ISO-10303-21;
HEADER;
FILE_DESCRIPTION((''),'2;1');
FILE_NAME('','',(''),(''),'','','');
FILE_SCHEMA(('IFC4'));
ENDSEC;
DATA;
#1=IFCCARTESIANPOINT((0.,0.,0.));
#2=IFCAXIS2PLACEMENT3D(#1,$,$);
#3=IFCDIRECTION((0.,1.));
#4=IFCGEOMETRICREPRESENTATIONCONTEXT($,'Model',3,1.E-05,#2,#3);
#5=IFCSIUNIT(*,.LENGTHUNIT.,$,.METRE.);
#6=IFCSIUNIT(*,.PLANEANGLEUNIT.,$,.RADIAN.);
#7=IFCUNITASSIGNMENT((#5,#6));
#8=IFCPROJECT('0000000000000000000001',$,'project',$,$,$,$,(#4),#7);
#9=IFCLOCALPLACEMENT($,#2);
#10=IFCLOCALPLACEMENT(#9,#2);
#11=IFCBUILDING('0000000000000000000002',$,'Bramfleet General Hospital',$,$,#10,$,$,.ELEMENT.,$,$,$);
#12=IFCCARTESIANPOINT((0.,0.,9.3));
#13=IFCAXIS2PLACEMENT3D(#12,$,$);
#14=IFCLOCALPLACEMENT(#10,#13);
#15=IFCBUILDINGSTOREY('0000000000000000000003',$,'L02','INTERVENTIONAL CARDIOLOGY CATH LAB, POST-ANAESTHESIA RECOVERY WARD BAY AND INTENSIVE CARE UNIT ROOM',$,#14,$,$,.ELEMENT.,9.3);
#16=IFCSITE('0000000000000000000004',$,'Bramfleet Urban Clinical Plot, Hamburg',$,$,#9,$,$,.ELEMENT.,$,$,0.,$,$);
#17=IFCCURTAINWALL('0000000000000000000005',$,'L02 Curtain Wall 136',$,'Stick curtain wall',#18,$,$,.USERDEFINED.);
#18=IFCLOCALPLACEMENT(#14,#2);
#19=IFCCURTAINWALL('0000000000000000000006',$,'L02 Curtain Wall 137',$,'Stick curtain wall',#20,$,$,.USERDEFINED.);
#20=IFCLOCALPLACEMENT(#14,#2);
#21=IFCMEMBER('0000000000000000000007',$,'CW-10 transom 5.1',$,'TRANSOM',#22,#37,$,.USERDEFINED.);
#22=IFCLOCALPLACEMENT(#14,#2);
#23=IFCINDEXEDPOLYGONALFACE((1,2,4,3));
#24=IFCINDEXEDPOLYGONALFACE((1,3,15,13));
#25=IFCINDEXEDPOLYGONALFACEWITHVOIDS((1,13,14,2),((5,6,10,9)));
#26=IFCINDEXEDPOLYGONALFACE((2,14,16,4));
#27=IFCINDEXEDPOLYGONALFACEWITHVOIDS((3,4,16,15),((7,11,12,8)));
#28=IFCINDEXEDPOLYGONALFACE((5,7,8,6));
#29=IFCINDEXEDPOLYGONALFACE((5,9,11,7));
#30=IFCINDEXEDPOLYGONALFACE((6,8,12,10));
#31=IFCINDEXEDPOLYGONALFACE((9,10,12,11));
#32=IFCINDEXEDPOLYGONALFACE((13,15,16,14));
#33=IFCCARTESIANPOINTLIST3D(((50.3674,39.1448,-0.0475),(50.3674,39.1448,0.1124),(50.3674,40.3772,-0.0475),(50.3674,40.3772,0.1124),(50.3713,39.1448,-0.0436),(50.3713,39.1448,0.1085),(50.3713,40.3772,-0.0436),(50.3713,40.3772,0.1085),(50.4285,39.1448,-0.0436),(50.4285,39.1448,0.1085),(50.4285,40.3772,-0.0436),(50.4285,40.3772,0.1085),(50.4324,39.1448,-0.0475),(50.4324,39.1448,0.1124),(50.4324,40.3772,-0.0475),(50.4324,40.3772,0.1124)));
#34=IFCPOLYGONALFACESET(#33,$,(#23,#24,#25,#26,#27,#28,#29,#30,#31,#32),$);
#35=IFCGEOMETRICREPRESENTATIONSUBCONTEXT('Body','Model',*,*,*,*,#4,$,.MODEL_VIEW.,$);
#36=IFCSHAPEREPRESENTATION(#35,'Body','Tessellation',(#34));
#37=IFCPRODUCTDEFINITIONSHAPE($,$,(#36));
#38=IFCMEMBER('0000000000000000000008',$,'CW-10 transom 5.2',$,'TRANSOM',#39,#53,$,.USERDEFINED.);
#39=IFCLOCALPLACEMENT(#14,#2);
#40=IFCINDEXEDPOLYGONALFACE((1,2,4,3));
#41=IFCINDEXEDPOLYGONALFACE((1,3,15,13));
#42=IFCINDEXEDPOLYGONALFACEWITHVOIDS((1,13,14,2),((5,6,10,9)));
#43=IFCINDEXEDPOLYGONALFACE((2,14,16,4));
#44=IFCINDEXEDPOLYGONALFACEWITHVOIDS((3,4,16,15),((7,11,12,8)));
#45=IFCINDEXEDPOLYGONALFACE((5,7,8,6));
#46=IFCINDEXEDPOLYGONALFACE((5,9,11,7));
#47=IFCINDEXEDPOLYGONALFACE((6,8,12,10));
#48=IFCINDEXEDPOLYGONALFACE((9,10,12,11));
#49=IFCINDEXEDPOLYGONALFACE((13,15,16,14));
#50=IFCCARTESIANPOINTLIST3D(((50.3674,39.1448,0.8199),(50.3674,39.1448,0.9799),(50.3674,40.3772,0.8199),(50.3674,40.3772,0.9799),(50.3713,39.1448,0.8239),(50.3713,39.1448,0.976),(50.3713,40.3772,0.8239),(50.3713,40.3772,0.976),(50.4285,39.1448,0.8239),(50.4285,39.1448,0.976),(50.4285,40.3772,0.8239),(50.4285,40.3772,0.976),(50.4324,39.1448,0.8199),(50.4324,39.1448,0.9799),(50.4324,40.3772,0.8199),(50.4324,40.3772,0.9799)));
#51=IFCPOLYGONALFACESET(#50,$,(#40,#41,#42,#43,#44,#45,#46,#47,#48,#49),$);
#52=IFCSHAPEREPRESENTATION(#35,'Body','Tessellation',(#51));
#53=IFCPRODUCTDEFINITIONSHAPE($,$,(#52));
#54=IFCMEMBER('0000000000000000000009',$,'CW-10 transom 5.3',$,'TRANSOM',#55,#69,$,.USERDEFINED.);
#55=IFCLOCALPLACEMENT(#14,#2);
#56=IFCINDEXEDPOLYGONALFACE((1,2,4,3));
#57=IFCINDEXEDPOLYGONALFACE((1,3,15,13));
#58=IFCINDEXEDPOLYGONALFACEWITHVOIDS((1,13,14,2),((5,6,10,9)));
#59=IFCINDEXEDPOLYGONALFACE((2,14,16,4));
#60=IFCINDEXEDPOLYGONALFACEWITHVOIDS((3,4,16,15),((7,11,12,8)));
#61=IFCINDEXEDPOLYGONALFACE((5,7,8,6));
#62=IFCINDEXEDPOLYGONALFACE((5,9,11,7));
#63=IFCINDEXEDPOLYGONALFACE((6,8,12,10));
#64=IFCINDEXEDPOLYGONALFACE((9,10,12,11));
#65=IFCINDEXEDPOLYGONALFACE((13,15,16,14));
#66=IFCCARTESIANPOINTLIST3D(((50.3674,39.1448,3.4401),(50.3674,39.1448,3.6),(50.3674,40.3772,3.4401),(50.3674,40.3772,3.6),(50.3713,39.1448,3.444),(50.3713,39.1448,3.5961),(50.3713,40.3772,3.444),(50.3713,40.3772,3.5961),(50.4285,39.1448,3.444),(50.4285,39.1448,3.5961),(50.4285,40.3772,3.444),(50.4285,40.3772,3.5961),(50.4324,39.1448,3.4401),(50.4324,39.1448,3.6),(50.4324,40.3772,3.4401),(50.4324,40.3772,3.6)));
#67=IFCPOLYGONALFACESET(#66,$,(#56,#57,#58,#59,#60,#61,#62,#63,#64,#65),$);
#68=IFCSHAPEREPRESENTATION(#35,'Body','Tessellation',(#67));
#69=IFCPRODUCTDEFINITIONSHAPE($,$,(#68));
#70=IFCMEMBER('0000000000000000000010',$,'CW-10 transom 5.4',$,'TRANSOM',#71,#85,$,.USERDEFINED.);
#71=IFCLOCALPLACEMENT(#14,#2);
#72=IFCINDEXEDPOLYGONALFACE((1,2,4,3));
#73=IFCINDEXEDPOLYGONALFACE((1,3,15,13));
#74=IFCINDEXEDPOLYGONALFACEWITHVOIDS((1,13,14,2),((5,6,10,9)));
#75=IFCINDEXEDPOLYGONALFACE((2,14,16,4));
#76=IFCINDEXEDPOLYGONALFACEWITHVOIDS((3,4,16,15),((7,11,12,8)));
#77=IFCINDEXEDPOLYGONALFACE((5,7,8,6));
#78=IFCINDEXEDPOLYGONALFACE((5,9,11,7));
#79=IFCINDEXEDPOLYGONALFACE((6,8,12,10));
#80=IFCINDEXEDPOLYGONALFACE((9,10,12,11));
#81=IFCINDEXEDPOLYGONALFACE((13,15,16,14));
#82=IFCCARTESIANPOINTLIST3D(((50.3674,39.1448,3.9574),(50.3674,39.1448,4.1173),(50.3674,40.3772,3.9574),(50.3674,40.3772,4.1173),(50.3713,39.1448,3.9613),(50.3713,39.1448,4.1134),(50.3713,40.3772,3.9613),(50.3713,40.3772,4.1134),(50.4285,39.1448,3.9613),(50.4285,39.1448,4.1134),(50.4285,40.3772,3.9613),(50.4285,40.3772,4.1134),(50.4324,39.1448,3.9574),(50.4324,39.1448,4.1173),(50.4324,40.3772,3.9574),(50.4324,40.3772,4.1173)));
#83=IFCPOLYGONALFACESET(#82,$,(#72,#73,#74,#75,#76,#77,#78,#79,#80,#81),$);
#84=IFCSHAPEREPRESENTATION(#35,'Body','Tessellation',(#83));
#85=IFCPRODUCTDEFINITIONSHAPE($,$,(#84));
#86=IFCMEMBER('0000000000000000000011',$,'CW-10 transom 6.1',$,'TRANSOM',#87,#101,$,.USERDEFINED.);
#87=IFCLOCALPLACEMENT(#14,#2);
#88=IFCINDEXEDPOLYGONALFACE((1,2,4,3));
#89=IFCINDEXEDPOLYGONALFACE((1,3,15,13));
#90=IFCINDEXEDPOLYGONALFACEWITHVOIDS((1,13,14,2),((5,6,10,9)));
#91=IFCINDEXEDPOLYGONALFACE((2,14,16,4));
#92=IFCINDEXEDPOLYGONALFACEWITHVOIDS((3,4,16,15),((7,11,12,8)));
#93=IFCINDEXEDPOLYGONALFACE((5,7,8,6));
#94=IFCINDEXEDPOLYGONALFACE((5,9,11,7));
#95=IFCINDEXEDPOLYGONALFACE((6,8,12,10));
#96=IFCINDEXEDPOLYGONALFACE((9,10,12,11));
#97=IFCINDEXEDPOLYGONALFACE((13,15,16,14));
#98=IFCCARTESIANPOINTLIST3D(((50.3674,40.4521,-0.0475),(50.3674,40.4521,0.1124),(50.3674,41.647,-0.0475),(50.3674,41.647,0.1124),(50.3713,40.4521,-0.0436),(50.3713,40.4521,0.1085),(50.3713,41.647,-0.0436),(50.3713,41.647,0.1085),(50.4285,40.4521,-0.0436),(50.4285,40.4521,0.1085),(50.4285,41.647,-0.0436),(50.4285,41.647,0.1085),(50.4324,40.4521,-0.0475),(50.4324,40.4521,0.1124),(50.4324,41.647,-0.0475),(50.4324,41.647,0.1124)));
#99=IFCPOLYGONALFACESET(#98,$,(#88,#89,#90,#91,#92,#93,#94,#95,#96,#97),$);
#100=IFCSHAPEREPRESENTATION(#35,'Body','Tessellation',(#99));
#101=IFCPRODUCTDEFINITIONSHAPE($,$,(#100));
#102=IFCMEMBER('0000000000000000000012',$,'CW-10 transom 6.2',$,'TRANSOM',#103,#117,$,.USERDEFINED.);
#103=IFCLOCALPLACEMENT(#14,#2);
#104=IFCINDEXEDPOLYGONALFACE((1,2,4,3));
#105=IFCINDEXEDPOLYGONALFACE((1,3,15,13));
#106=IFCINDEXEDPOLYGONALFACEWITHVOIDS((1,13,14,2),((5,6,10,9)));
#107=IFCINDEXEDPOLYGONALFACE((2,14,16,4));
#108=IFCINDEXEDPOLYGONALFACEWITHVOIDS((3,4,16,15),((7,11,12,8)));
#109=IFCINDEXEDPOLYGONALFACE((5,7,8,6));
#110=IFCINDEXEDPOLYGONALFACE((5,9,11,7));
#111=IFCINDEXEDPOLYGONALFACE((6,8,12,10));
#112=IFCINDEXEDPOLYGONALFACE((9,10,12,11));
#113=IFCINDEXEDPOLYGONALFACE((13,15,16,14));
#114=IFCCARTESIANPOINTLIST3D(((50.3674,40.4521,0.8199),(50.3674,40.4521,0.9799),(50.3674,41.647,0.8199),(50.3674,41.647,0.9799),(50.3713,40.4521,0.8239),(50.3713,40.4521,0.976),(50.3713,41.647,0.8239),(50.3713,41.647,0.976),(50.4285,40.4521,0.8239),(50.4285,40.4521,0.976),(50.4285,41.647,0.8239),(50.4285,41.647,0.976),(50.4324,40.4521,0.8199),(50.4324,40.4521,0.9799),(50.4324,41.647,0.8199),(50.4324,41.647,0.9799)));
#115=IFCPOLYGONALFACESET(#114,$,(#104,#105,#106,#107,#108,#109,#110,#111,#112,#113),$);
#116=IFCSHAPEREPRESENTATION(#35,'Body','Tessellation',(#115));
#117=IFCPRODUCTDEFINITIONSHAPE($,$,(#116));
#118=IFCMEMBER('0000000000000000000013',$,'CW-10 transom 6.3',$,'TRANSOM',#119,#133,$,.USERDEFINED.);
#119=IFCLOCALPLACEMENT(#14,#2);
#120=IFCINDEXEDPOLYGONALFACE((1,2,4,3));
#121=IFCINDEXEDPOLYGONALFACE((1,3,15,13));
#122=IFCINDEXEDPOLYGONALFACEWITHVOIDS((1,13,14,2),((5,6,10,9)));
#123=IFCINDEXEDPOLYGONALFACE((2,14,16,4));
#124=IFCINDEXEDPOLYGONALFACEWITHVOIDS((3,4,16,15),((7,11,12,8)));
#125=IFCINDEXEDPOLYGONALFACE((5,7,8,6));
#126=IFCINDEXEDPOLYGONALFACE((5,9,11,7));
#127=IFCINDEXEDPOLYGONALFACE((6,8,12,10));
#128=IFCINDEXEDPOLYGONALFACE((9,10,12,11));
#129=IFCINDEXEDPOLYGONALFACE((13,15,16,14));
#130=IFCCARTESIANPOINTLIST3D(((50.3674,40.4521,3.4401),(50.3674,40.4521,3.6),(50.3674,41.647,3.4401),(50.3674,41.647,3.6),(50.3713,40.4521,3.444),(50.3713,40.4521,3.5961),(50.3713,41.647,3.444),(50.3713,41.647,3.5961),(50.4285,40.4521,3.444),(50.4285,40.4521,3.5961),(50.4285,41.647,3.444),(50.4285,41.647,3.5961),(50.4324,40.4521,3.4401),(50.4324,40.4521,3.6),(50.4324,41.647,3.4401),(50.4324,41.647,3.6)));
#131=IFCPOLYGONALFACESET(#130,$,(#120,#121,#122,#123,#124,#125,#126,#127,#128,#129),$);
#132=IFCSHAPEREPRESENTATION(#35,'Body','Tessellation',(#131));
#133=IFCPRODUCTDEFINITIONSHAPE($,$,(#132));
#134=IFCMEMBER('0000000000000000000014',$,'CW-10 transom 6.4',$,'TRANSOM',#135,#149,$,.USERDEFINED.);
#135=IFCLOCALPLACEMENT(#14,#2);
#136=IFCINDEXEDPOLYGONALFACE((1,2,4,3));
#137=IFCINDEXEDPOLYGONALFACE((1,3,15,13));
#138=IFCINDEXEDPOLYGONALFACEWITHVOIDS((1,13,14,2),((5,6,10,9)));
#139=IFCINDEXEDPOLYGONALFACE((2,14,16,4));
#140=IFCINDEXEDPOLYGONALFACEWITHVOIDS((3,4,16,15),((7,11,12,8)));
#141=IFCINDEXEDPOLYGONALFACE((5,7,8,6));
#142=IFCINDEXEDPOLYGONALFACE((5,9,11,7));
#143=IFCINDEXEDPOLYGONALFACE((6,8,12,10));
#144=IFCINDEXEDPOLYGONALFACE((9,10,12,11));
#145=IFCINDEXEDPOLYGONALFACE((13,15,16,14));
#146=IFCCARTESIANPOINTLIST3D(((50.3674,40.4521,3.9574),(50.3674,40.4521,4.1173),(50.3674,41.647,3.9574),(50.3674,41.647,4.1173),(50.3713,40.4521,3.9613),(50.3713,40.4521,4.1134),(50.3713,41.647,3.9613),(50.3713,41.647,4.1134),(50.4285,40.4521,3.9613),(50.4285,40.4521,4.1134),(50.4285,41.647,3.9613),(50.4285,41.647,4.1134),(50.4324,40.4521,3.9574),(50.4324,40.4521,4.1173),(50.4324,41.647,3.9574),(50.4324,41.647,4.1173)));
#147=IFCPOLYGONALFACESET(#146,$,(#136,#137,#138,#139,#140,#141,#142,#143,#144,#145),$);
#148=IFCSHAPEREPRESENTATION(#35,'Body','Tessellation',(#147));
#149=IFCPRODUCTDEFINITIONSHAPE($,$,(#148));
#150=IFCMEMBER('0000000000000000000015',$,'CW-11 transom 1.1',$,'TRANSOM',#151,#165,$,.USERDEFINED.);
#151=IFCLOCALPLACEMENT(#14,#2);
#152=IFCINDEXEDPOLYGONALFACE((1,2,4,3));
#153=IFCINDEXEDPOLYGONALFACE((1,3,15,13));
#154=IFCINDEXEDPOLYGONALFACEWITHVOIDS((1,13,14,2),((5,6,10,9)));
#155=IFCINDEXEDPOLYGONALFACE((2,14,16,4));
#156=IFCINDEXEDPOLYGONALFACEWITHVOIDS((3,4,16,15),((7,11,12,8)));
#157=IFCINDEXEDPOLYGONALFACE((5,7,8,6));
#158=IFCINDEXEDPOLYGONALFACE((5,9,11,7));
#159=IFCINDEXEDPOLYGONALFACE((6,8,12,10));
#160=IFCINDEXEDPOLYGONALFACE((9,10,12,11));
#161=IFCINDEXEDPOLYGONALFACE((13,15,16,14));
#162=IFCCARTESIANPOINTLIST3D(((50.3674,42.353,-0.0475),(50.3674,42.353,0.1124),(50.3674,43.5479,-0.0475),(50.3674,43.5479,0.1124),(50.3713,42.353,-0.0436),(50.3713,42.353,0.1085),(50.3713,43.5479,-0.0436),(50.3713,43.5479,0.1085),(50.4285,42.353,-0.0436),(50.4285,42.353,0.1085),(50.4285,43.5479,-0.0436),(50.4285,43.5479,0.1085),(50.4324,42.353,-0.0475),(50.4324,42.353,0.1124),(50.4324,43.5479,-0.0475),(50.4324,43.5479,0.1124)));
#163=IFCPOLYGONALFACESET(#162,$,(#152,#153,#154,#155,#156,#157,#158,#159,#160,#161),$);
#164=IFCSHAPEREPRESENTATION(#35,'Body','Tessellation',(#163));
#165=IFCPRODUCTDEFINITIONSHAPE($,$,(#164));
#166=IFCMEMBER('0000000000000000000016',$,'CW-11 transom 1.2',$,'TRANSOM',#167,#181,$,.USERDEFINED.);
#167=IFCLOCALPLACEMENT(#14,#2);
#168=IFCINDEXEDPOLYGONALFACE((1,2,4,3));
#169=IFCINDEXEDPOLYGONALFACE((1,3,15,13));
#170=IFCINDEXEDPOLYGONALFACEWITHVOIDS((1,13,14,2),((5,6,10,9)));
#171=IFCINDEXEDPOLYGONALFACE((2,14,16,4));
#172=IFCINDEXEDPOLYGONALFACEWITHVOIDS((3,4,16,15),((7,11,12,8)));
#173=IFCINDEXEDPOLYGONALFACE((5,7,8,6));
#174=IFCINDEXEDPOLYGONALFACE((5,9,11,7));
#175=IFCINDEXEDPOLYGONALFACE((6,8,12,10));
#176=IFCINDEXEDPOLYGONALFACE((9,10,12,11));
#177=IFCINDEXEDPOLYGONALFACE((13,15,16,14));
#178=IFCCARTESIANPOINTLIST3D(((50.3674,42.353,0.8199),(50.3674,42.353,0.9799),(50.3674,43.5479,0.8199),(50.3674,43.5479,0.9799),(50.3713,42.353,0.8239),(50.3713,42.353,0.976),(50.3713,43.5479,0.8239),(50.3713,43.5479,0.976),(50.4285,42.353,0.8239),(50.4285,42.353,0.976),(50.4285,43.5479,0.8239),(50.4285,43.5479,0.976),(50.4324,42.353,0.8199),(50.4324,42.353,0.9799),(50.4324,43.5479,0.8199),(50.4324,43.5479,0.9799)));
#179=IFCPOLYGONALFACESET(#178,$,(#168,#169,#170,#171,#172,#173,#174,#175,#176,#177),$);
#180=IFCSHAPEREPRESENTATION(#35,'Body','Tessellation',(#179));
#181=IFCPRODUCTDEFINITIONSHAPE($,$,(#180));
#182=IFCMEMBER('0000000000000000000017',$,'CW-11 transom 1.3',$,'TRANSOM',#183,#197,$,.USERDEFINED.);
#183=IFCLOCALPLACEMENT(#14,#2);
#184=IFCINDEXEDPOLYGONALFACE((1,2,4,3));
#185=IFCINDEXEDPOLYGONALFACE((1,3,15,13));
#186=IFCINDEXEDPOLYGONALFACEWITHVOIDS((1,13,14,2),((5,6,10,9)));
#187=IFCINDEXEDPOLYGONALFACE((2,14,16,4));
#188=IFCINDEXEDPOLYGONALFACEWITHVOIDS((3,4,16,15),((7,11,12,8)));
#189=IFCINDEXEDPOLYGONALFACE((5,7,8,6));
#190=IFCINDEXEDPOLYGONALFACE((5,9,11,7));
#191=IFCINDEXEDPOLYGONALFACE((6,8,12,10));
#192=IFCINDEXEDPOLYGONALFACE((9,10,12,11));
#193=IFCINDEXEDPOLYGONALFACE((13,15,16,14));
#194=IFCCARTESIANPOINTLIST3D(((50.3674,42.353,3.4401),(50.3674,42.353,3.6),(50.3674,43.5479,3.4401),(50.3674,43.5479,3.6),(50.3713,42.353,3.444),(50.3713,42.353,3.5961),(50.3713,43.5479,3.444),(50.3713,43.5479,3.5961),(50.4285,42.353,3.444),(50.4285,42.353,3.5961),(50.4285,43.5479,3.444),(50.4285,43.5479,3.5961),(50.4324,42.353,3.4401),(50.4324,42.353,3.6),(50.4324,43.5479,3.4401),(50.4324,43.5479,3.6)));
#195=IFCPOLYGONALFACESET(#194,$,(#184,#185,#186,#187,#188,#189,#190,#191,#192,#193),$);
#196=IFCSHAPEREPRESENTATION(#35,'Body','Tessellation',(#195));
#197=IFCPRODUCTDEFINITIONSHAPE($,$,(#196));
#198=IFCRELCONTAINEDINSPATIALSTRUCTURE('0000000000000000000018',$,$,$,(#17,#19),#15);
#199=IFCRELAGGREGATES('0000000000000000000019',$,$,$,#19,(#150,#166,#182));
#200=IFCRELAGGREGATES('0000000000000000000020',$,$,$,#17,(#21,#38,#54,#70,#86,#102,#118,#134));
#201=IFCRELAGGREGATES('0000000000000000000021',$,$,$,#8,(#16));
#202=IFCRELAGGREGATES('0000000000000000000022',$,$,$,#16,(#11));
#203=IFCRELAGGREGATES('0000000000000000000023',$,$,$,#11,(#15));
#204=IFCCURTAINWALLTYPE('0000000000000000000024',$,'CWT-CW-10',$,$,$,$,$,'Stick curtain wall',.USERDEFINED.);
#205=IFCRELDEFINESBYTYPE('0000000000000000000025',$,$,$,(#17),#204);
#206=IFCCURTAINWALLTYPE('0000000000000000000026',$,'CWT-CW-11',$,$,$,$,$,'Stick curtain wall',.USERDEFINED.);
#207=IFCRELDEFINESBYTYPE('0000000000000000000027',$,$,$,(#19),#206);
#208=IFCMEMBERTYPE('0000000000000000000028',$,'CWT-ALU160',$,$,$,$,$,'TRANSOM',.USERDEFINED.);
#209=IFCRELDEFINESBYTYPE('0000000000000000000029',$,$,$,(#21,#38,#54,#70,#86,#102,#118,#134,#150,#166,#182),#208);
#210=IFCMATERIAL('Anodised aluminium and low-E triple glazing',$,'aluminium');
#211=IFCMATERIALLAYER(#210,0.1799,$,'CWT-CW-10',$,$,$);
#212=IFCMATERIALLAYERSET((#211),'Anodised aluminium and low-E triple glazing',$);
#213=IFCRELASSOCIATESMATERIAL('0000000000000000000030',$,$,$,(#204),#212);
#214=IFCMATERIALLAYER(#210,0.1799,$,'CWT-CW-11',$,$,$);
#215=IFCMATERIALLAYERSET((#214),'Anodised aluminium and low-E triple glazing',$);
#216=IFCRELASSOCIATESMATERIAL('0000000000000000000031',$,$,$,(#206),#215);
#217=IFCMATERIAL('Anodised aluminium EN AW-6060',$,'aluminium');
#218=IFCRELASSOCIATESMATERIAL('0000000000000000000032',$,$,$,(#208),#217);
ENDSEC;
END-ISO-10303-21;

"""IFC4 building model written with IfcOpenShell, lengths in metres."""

from ifc_helpers import new_model, si_unit, direction, frame, origin, origin_2d, place, context, subcontext, project, spatial, hollow_rectangle, extrude, material, layer, layer_set, material_profile, profile_set, type_object, element, aggregate, save


model = new_model("IFC4")

# Units and contexts
model_context = context("Model", 3, precision=1e-05, world=origin(), true_north=direction((0.0, 1.0)))
body_context = subcontext(model_context, "Body", "Model", "MODEL_VIEW")
ifc_project = project(units=[si_unit("LENGTHUNIT", "METRE"), si_unit("PLANEANGLEUNIT", "RADIAN")], contexts=[model_context])

# Site, building, storey
site_placement = place(None, origin())
site = spatial("IfcSite", under=ifc_project, at=site_placement, Name="Bramfleet Urban Clinical Plot, Hamburg", CompositionType="ELEMENT", RefElevation=0.0)
building_placement = place(site_placement, origin())
building = spatial("IfcBuilding", under=site, at=building_placement, Name="Bramfleet General Hospital", CompositionType="ELEMENT")
storey_placement = place(building_placement, frame((0.0, 0.0, 9.3)))
storey = spatial("IfcBuildingStorey", under=building, at=storey_placement, Name="L02", Description="INTERVENTIONAL CARDIOLOGY CATH LAB, POST-ANAESTHESIA RECOVERY WARD BAY AND INTENSIVE CARE UNIT ROOM", CompositionType="ELEMENT", Elevation=9.3)

# Curtain walls
ifc_material_1 = material(Name="Anodised aluminium and low-E triple glazing", Category="aluminium")
ifc_layer_1 = layer(ifc_material_1, 0.1799, Name="CWT-CW-10")
ifc_layer_set_1 = layer_set([ifc_layer_1], Name="Anodised aluminium and low-E triple glazing")
curtain_wall_type_1 = type_object("IfcCurtainWallType", Name="CWT-CW-10", ElementType="Stick curtain wall", PredefinedType="USERDEFINED", material=ifc_layer_set_1)
curtain_wall_1_placement = place(storey_placement, origin())
curtain_wall_1 = element("IfcCurtainWall", 1, at=curtain_wall_1_placement, inside=storey, type_object=curtain_wall_type_1, Name="L02 Curtain Wall 136", ObjectType="Stick curtain wall", PredefinedType="USERDEFINED")
ifc_material_2 = material(Name="Anodised aluminium EN AW-6060", Category="aluminium")
ifc_layer_2 = layer(ifc_material_1, 0.1799, Name="CWT-CW-11")
ifc_layer_set_2 = layer_set([ifc_layer_2], Name="Anodised aluminium and low-E triple glazing")
curtain_wall_type_2 = type_object("IfcCurtainWallType", Name="CWT-CW-11", ElementType="Stick curtain wall", PredefinedType="USERDEFINED", material=ifc_layer_set_2)
curtain_wall_2_placement = place(storey_placement, origin())
curtain_wall_2 = element("IfcCurtainWall", 2, at=curtain_wall_2_placement, inside=storey, type_object=curtain_wall_type_2, Name="L02 Curtain Wall 137", ObjectType="Stick curtain wall", PredefinedType="USERDEFINED")

# Members
ifc_material_profile_1 = material_profile(ifc_material_2, hollow_rectangle(XDim=0.0649, YDim=0.1599, WallThickness=0.0039, at=origin_2d()), Name="ALU 160x65x4.0")
ifc_profile_set_1 = profile_set([ifc_material_profile_1], Name="Anodised aluminium EN AW-6060")
member_type_1 = type_object("IfcMemberType", Name="CWT-ALU160", ElementType="TRANSOM", PredefinedType="USERDEFINED", material=ifc_profile_set_1)
member_1_placement = place(storey_placement, frame((50.3999, 39.1448, 0.0325), z_axis=(0.0, 1.0, 0.0), x_axis=(-1.0, 0.0, 0.0)))
member_1 = element("IfcMember", 3, at=member_1_placement, type_object=member_type_1, Name="CW-10 transom 5.1", ObjectType="TRANSOM", PredefinedType="USERDEFINED", context=body_context, shape_type="SweptSolid", body=[
    extrude(hollow_rectangle(XDim=0.0649, YDim=0.1599, WallThickness=0.0039, at=origin_2d()), origin(), (0.0, 0.0, 1.0), 1.2324),
])
member_2_placement = place(storey_placement, frame((50.3999, 39.1448, 0.8999), z_axis=(0.0, 1.0, 0.0), x_axis=(-1.0, 0.0, 0.0)))
member_2 = element("IfcMember", 4, at=member_2_placement, type_object=member_type_1, Name="CW-10 transom 5.2", ObjectType="TRANSOM", PredefinedType="USERDEFINED", context=body_context, shape_type="SweptSolid", body=[
    extrude(hollow_rectangle(XDim=0.0649, YDim=0.1599, WallThickness=0.0039, at=origin_2d()), origin(), (0.0, 0.0, 1.0), 1.2324),
])
member_3_placement = place(storey_placement, frame((50.3999, 39.1448, 3.52), z_axis=(0.0, 1.0, 0.0), x_axis=(-1.0, 0.0, 0.0)))
member_3 = element("IfcMember", 5, at=member_3_placement, type_object=member_type_1, Name="CW-10 transom 5.3", ObjectType="TRANSOM", PredefinedType="USERDEFINED", context=body_context, shape_type="SweptSolid", body=[
    extrude(hollow_rectangle(XDim=0.0649, YDim=0.1599, WallThickness=0.0039, at=origin_2d()), origin(), (0.0, 0.0, 1.0), 1.2324),
])
member_4_placement = place(storey_placement, frame((50.3999, 39.1448, 4.0374), z_axis=(0.0, 1.0, 0.0), x_axis=(-1.0, 0.0, 0.0)))
member_4 = element("IfcMember", 6, at=member_4_placement, type_object=member_type_1, Name="CW-10 transom 5.4", ObjectType="TRANSOM", PredefinedType="USERDEFINED", context=body_context, shape_type="SweptSolid", body=[
    extrude(hollow_rectangle(XDim=0.0649, YDim=0.1599, WallThickness=0.0039, at=origin_2d()), origin(), (0.0, 0.0, 1.0), 1.2324),
])
member_5_placement = place(storey_placement, frame((50.3999, 40.4521, 0.0325), z_axis=(0.0, 1.0, 0.0), x_axis=(-1.0, 0.0, 0.0)))
member_5 = element("IfcMember", 7, at=member_5_placement, type_object=member_type_1, Name="CW-10 transom 6.1", ObjectType="TRANSOM", PredefinedType="USERDEFINED", context=body_context, shape_type="SweptSolid", body=[
    extrude(hollow_rectangle(XDim=0.0649, YDim=0.1599, WallThickness=0.0039, at=origin_2d()), origin(), (0.0, 0.0, 1.0), 1.1948),
])
member_6_placement = place(storey_placement, frame((50.3999, 40.4521, 0.8999), z_axis=(0.0, 1.0, 0.0), x_axis=(-1.0, 0.0, 0.0)))
member_6 = element("IfcMember", 8, at=member_6_placement, type_object=member_type_1, Name="CW-10 transom 6.2", ObjectType="TRANSOM", PredefinedType="USERDEFINED", context=body_context, shape_type="SweptSolid", body=[
    extrude(hollow_rectangle(XDim=0.0649, YDim=0.1599, WallThickness=0.0039, at=origin_2d()), origin(), (0.0, 0.0, 1.0), 1.1948),
])
member_7_placement = place(storey_placement, frame((50.3999, 40.4521, 3.52), z_axis=(0.0, 1.0, 0.0), x_axis=(-1.0, 0.0, 0.0)))
member_7 = element("IfcMember", 9, at=member_7_placement, type_object=member_type_1, Name="CW-10 transom 6.3", ObjectType="TRANSOM", PredefinedType="USERDEFINED", context=body_context, shape_type="SweptSolid", body=[
    extrude(hollow_rectangle(XDim=0.0649, YDim=0.1599, WallThickness=0.0039, at=origin_2d()), origin(), (0.0, 0.0, 1.0), 1.1948),
])
member_8_placement = place(storey_placement, frame((50.3999, 40.4521, 4.0374), z_axis=(0.0, 1.0, 0.0), x_axis=(-1.0, 0.0, 0.0)))
member_8 = element("IfcMember", 10, at=member_8_placement, type_object=member_type_1, Name="CW-10 transom 6.4", ObjectType="TRANSOM", PredefinedType="USERDEFINED", context=body_context, shape_type="SweptSolid", body=[
    extrude(hollow_rectangle(XDim=0.0649, YDim=0.1599, WallThickness=0.0039, at=origin_2d()), origin(), (0.0, 0.0, 1.0), 1.1948),
])
member_9_placement = place(storey_placement, frame((50.3999, 42.353, 0.0325), z_axis=(0.0, 1.0, 0.0), x_axis=(-1.0, 0.0, 0.0)))
member_9 = element("IfcMember", 11, at=member_9_placement, type_object=member_type_1, Name="CW-11 transom 1.1", ObjectType="TRANSOM", PredefinedType="USERDEFINED", context=body_context, shape_type="SweptSolid", body=[
    extrude(hollow_rectangle(XDim=0.0649, YDim=0.1599, WallThickness=0.0039, at=origin_2d()), origin(), (0.0, 0.0, 1.0), 1.1948),
])
member_10_placement = place(storey_placement, frame((50.3999, 42.353, 0.8999), z_axis=(0.0, 1.0, 0.0), x_axis=(-1.0, 0.0, 0.0)))
member_10 = element("IfcMember", 12, at=member_10_placement, type_object=member_type_1, Name="CW-11 transom 1.2", ObjectType="TRANSOM", PredefinedType="USERDEFINED", context=body_context, shape_type="SweptSolid", body=[
    extrude(hollow_rectangle(XDim=0.0649, YDim=0.1599, WallThickness=0.0039, at=origin_2d()), origin(), (0.0, 0.0, 1.0), 1.1948),
])
member_11_placement = place(storey_placement, frame((50.3999, 42.353, 3.52), z_axis=(0.0, 1.0, 0.0), x_axis=(-1.0, 0.0, 0.0)))
member_11 = element("IfcMember", 13, at=member_11_placement, type_object=member_type_1, Name="CW-11 transom 1.3", ObjectType="TRANSOM", PredefinedType="USERDEFINED", context=body_context, shape_type="SweptSolid", body=[
    extrude(hollow_rectangle(XDim=0.0649, YDim=0.1599, WallThickness=0.0039, at=origin_2d()), origin(), (0.0, 0.0, 1.0), 1.1948),
])

aggregate(curtain_wall_2, [member_9, member_10, member_11])
aggregate(curtain_wall_1, [member_1, member_2, member_3, member_4, member_5, member_6, member_7, member_8])

save(model, "model.ifc")
